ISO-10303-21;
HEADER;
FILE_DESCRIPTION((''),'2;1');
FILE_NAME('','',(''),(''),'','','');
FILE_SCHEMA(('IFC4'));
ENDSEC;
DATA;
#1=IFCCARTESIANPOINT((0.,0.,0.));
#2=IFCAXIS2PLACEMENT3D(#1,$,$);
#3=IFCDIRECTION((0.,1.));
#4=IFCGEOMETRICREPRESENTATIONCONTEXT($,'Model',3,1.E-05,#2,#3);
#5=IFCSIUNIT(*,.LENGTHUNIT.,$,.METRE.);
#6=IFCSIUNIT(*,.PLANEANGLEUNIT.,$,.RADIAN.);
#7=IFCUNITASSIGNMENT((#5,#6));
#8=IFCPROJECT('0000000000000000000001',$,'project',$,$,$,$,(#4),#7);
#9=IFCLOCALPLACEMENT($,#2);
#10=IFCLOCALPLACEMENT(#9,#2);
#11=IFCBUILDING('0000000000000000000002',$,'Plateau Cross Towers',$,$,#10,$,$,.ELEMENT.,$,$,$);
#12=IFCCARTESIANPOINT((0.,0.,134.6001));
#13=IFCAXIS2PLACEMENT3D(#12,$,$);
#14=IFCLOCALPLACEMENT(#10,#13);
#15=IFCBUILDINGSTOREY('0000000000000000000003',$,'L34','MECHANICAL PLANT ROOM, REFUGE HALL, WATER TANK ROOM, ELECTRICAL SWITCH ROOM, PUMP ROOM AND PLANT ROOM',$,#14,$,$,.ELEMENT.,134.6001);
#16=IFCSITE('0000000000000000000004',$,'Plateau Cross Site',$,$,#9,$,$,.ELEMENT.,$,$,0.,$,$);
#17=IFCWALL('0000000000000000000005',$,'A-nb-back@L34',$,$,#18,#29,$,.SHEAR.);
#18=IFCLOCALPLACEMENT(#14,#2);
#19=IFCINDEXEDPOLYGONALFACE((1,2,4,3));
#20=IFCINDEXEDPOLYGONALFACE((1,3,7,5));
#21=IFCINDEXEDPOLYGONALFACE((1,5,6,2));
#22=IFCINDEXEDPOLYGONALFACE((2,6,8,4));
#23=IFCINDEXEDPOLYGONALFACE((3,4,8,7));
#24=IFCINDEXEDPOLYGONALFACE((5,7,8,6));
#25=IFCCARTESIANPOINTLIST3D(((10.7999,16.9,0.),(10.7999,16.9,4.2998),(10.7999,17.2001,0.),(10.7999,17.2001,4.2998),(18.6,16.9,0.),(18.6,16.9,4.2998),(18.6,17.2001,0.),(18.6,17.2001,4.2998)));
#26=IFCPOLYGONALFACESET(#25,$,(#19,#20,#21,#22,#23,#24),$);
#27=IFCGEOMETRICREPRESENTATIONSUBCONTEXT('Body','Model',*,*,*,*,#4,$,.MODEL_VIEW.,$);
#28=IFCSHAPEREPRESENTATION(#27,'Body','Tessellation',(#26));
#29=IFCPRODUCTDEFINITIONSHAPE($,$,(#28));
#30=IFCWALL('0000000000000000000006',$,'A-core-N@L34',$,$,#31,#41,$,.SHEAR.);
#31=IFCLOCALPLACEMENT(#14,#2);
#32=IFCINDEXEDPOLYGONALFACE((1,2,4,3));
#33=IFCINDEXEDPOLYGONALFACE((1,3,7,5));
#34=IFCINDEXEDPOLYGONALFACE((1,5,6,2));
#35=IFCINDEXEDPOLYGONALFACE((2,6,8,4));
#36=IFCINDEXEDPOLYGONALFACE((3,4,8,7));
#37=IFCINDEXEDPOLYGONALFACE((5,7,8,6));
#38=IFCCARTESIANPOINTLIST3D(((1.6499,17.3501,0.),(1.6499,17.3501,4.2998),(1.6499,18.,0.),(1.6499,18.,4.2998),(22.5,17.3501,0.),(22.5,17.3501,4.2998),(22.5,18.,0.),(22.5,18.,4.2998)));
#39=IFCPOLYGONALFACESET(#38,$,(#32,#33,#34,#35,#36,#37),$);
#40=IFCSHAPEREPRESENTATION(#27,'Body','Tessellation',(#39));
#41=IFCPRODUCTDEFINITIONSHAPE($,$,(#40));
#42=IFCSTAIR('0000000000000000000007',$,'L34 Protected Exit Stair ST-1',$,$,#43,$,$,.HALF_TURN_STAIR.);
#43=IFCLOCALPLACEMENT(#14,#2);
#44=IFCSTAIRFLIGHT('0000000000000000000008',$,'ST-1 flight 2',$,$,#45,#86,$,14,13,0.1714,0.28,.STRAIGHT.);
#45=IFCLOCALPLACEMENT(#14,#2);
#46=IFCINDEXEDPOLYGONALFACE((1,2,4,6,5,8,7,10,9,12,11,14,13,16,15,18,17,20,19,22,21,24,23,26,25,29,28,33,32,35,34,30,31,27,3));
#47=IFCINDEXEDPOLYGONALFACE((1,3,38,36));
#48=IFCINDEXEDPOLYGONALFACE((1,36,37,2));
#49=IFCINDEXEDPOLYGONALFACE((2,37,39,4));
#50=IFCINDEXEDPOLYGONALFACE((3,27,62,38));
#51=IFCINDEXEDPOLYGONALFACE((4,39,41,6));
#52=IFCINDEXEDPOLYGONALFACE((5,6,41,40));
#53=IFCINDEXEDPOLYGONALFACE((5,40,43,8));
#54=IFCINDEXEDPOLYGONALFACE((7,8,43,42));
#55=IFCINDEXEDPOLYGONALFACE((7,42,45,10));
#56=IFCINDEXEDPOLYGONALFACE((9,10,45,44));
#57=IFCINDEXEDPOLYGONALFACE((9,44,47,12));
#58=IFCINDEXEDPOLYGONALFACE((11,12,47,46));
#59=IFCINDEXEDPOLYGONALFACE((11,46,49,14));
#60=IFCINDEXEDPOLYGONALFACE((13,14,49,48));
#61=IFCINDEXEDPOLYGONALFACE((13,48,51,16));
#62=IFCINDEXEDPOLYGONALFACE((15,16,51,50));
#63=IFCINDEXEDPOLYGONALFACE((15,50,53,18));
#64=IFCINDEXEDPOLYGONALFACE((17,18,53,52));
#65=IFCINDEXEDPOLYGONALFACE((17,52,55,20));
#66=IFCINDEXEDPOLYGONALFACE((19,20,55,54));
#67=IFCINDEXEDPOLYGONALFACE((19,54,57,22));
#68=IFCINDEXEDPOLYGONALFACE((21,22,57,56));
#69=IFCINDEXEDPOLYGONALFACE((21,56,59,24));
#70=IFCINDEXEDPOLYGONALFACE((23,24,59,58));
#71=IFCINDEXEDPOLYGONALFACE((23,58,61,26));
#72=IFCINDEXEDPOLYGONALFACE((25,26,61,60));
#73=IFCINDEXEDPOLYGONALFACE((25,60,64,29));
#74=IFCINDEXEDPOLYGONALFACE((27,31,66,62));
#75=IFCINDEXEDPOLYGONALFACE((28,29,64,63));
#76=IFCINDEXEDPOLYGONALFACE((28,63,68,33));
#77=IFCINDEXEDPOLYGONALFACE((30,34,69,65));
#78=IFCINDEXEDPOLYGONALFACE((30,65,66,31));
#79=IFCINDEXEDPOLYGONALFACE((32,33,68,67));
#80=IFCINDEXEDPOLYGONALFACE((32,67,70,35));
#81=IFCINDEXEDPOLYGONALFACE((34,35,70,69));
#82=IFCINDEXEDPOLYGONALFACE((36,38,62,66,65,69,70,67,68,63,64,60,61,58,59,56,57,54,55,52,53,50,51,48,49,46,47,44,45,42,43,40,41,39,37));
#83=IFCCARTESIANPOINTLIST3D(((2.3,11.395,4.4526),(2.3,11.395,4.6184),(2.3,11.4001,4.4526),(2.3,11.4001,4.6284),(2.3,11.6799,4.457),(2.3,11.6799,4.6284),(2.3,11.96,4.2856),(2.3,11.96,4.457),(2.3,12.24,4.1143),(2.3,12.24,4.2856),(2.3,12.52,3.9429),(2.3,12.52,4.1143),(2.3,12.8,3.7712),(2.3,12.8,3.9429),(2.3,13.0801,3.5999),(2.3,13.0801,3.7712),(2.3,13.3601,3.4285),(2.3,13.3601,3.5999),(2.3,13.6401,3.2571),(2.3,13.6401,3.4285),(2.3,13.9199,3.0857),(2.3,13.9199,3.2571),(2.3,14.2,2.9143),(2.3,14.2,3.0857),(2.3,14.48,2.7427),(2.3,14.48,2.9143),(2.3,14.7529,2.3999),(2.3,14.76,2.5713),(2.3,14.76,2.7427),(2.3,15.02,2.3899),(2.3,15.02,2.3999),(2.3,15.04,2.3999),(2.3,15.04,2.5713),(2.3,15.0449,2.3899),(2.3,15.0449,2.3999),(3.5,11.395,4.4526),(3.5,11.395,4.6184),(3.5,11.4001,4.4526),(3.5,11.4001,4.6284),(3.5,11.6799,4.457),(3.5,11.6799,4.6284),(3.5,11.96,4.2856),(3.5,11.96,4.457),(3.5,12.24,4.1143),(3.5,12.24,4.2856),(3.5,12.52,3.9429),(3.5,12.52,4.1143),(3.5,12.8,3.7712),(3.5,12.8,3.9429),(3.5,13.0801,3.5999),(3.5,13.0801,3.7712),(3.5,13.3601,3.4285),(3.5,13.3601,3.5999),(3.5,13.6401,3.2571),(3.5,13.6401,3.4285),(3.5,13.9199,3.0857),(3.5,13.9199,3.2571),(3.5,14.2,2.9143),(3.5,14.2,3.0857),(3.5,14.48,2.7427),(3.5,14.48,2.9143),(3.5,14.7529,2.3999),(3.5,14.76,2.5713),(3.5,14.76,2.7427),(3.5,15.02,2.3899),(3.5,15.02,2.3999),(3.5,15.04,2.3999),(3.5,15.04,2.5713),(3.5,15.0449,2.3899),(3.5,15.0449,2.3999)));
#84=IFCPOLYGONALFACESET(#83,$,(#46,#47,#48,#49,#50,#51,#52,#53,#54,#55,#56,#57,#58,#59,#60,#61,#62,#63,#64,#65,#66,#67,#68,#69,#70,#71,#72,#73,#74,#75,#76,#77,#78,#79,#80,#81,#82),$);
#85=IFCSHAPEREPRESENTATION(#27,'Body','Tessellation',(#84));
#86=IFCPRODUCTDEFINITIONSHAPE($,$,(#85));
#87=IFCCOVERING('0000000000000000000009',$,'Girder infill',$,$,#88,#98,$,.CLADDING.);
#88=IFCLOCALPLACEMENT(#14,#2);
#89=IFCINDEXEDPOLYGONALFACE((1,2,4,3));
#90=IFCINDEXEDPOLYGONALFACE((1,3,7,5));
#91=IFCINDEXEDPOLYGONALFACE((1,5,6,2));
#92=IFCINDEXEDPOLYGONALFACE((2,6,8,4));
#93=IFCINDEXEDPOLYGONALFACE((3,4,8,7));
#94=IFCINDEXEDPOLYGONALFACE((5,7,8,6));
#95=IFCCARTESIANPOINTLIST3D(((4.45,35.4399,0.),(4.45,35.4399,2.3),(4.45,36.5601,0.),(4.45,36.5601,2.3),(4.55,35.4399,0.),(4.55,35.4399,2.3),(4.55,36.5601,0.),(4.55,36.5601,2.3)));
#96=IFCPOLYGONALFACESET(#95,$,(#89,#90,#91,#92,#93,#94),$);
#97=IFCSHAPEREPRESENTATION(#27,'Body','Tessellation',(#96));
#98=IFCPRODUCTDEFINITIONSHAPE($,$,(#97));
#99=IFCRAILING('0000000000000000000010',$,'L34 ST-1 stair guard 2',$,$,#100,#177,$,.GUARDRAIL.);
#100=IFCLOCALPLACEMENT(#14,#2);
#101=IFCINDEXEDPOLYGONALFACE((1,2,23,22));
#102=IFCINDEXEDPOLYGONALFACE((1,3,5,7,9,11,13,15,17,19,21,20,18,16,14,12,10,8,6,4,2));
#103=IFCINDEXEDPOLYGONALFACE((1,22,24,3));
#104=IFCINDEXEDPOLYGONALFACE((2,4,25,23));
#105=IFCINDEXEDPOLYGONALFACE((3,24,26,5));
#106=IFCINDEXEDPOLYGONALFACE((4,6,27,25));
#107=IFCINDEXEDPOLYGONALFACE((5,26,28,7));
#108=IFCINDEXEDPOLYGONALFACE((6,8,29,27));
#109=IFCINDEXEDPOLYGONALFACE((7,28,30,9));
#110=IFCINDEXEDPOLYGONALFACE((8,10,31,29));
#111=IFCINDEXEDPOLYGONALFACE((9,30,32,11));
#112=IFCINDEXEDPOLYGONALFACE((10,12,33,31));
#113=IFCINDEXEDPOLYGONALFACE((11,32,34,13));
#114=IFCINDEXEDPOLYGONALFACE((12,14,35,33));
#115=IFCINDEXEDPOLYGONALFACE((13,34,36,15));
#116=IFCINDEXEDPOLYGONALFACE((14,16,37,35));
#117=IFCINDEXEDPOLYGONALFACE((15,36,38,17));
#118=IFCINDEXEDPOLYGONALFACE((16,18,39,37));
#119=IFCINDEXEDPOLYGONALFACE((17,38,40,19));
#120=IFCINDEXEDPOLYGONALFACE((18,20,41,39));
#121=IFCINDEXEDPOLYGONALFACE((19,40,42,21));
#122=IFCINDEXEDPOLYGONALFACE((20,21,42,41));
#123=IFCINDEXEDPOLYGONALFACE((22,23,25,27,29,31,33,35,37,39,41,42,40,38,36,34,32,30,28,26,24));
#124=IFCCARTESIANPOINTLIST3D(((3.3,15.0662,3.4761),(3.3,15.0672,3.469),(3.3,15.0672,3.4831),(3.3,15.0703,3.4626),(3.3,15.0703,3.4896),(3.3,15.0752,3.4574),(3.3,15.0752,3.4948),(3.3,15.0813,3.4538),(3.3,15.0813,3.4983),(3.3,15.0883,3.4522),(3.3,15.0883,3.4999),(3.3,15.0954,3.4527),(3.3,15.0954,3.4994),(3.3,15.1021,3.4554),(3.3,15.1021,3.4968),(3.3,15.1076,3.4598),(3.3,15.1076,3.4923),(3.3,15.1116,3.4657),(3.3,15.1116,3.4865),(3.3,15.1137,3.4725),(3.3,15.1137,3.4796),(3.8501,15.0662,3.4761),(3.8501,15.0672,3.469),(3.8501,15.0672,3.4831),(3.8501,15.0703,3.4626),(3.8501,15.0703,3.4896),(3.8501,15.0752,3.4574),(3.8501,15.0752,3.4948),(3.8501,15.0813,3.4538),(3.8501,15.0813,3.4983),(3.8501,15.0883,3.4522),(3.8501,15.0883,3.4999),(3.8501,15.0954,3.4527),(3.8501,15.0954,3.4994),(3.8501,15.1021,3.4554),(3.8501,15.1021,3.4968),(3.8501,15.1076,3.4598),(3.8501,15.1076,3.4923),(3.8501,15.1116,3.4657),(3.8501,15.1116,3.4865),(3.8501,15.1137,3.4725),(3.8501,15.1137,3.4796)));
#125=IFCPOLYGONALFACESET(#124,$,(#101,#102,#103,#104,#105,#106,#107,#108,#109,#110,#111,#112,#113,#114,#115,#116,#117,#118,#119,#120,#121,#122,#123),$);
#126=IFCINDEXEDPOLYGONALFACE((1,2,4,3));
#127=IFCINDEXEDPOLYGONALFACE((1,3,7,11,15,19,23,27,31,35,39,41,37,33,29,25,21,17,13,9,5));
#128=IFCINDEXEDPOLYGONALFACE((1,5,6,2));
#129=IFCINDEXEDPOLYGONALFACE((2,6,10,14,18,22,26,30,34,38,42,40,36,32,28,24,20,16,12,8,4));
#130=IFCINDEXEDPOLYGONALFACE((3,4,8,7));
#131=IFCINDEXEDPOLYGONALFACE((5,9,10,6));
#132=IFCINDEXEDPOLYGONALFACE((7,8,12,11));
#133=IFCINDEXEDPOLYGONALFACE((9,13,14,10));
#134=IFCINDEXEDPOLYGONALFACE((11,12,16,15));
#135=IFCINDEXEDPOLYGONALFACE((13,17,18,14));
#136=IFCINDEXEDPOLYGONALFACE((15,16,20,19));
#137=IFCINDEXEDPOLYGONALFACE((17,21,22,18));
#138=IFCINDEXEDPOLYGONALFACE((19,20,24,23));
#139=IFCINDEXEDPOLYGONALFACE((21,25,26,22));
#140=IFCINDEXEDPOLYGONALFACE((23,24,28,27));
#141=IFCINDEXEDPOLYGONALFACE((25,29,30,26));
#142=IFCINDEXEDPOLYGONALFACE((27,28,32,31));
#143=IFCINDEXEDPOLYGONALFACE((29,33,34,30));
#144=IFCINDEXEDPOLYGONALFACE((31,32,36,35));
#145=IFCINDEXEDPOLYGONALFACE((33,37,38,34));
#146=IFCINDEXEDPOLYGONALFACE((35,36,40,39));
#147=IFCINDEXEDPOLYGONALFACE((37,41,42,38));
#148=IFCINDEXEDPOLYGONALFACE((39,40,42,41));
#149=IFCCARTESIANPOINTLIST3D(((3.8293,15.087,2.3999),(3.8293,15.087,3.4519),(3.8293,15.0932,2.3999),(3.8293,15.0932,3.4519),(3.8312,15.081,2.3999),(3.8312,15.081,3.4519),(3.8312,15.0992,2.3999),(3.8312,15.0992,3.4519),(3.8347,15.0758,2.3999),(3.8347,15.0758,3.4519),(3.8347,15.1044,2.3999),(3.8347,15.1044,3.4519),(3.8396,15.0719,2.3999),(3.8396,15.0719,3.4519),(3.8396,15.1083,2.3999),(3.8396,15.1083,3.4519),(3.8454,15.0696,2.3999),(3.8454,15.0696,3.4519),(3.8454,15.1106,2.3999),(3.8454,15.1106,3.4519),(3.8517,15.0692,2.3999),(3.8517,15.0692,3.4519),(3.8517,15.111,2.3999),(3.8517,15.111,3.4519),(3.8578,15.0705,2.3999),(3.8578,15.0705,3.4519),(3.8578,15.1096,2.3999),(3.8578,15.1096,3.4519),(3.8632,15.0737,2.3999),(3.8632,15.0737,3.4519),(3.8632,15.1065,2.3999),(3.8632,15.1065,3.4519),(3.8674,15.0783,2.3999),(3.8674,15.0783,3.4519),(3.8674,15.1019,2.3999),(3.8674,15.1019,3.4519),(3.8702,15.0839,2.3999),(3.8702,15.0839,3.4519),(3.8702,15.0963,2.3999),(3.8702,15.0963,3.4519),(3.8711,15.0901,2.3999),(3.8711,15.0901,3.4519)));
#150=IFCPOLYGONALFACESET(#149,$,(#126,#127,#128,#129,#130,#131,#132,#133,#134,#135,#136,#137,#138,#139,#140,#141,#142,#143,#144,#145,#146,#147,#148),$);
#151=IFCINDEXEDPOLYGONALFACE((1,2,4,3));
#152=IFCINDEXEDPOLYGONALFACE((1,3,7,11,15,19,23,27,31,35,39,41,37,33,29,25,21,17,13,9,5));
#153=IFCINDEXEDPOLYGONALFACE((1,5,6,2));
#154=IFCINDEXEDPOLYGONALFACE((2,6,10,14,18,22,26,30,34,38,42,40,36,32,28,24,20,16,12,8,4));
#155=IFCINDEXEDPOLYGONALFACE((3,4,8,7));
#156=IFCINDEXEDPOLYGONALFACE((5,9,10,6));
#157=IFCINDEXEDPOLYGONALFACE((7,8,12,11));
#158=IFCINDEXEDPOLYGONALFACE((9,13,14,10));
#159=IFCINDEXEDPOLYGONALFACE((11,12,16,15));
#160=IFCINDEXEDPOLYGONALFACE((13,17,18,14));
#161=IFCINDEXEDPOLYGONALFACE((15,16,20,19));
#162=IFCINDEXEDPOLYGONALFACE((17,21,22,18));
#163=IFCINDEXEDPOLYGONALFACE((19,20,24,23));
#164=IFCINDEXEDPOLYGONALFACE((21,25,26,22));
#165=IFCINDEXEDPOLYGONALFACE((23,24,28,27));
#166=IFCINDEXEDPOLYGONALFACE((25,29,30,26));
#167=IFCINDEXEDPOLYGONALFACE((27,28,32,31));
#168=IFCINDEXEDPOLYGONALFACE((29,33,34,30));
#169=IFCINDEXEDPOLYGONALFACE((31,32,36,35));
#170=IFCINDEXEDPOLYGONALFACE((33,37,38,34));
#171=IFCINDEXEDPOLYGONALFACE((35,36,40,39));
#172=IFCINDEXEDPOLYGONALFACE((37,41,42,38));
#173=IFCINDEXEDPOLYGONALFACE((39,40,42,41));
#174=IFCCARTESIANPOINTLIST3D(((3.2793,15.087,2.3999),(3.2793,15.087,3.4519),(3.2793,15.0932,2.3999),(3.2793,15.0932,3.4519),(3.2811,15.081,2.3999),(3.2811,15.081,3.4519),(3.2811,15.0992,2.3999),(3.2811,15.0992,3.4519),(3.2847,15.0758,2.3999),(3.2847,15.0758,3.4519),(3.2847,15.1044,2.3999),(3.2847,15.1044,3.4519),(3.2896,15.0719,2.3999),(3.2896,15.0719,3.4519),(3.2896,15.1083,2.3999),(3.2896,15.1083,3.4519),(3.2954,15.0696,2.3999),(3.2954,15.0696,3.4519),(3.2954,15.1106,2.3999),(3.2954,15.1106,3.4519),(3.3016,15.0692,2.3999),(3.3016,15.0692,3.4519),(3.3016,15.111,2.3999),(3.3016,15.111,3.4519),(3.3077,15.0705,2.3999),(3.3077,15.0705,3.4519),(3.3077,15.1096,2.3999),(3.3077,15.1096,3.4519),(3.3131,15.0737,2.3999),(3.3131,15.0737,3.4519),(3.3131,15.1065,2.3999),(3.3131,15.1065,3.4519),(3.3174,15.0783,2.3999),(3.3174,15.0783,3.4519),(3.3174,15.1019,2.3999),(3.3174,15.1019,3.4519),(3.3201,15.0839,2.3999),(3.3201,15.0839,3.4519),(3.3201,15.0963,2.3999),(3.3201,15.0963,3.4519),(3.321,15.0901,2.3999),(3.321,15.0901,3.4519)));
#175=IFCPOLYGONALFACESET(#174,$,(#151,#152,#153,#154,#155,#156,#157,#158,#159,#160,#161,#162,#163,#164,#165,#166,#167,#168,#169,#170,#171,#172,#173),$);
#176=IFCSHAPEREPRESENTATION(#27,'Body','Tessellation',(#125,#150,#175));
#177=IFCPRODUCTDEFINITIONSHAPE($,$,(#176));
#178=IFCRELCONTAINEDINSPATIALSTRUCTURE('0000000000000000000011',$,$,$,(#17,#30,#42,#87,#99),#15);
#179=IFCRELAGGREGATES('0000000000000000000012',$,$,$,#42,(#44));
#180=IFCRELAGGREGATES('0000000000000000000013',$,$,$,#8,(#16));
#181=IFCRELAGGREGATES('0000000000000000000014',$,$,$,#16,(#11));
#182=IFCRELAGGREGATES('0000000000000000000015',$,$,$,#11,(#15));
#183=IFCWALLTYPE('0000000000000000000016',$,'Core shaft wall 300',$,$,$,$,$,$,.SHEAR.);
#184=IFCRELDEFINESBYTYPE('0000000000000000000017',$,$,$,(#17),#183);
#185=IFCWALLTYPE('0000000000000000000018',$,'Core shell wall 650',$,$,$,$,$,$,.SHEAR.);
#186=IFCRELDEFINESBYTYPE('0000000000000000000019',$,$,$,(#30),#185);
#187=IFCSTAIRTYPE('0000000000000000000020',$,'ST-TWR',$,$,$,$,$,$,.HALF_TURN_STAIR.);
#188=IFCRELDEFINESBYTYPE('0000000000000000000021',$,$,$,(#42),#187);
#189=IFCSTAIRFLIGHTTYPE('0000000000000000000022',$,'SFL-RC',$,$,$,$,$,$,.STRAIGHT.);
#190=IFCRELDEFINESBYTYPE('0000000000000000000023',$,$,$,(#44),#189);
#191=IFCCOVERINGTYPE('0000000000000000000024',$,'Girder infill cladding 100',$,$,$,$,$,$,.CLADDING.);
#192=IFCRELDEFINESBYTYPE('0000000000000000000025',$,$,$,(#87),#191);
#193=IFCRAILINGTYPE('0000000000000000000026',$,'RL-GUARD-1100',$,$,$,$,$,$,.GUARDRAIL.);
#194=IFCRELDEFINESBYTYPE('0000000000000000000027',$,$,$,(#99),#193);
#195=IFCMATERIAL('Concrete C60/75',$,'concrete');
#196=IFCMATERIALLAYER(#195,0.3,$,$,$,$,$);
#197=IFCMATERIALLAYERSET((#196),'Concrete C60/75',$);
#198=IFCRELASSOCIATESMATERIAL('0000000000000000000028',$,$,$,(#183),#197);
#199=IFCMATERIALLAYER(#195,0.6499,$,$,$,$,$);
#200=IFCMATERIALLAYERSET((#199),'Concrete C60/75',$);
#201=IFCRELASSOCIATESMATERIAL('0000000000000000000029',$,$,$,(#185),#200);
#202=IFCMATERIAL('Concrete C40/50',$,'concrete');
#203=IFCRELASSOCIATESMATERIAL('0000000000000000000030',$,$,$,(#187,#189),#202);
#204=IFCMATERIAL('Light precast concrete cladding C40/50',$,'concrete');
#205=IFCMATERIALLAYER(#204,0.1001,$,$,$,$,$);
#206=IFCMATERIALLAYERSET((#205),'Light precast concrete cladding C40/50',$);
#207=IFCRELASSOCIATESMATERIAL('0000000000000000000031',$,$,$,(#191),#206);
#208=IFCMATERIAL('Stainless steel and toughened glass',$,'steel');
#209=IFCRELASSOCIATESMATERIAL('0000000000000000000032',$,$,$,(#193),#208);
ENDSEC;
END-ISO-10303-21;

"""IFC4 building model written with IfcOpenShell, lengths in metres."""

from ifc_helpers import new_model, si_unit, direction, frame, frame_2d, origin, origin_2d, place, context, subcontext, project, spatial, polyline, rectangle, circle, outline, extrude, material, layer, layer_set, type_object, element, aggregate, save


model = new_model("IFC4")

# Units and contexts
model_context = context("Model", 3, precision=1e-05, world=origin(), true_north=direction((0.0, 1.0)))
body_context = subcontext(model_context, "Body", "Model", "MODEL_VIEW")
ifc_project = project(units=[si_unit("LENGTHUNIT", "METRE"), si_unit("PLANEANGLEUNIT", "RADIAN")], contexts=[model_context])

# Site, building, storey
site_placement = place(None, origin())
site = spatial("IfcSite", under=ifc_project, at=site_placement, Name="Plateau Cross Site", CompositionType="ELEMENT", RefElevation=0.0)
building_placement = place(site_placement, origin())
building = spatial("IfcBuilding", under=site, at=building_placement, Name="Plateau Cross Towers", CompositionType="ELEMENT")
storey_placement = place(building_placement, frame((0.0, 0.0, 134.6001)))
storey = spatial("IfcBuildingStorey", under=building, at=storey_placement, Name="L34", Description="MECHANICAL PLANT ROOM, REFUGE HALL, WATER TANK ROOM, ELECTRICAL SWITCH ROOM, PUMP ROOM AND PLANT ROOM", CompositionType="ELEMENT", Elevation=134.6001)

# Shared definitions
ifc_material_1 = material(Name="Concrete C60/75", Category="concrete")

# Walls
ifc_layer_1 = layer(ifc_material_1, 0.3)
ifc_layer_set_1 = layer_set([ifc_layer_1], Name="Concrete C60/75")
wall_type_1 = type_object("IfcWallType", Name="Core shaft wall 300", PredefinedType="SHEAR", material=ifc_layer_set_1)
wall_1_placement = place(storey_placement, frame((10.8, 17.05, 0.0), z_axis=(0.0, 0.0, 1.0), x_axis=(1.0, 0.0, 0.0)))
element("IfcWall", 1, at=wall_1_placement, inside=storey, type_object=wall_type_1, Name="A-nb-back@L34", PredefinedType="SHEAR", context=body_context, shape_type="SweptSolid", body=[
    extrude(rectangle(XDim=7.8, YDim=0.3, at=frame_2d((3.8999, 0.0))), origin(), (0.0, 0.0, 1.0), 4.2998),
])
ifc_layer_2 = layer(ifc_material_1, 0.6499)
ifc_layer_set_2 = layer_set([ifc_layer_2], Name="Concrete C60/75")
wall_type_2 = type_object("IfcWallType", Name="Core shell wall 650", PredefinedType="SHEAR", material=ifc_layer_set_2)
wall_2_placement = place(storey_placement, frame((1.6499, 17.675, 0.0), z_axis=(0.0, 0.0, 1.0), x_axis=(1.0, 0.0, 0.0)))
element("IfcWall", 2, at=wall_2_placement, inside=storey, type_object=wall_type_2, Name="A-core-N@L34", PredefinedType="SHEAR", context=body_context, shape_type="SweptSolid", body=[
    extrude(rectangle(XDim=20.8501, YDim=0.6499, at=frame_2d((10.425, 0.0))), origin(), (0.0, 0.0, 1.0), 4.2998),
])

# Stair, stair flight
ifc_material_2 = material(Name="Concrete C40/50", Category="concrete")
stair_type = type_object("IfcStairType", Name="ST-TWR", PredefinedType="HALF_TURN_STAIR", material=ifc_material_2)
stair_placement = place(storey_placement, origin())
stair = element("IfcStair", 3, at=stair_placement, inside=storey, type_object=stair_type, Name="L34 Protected Exit Stair ST-1", PredefinedType="HALF_TURN_STAIR")
stair_flight_type = type_object("IfcStairFlightType", Name="SFL-RC", PredefinedType="STRAIGHT", material=ifc_material_2)
stair_flight_placement = place(storey_placement, frame((2.8999, 15.04, 2.3999), z_axis=(0.0, 0.0, 1.0), x_axis=(0.0, -1.0, 0.0)))
stair_flight = element("IfcStairFlight", 4, at=stair_flight_placement, type_object=stair_flight_type, Name="ST-1 flight 2", NumberOfRisers=14, NumberOfTreads=13, PredefinedType="STRAIGHT", RiserHeight=0.1714, TreadLength=0.28, context=body_context, shape_type="SweptSolid", body=[
    extrude(outline(polyline([(-0.0049, -0.01), (-0.0049, 0.0), (0.0, 0.0), (0.0, 0.1714), (0.28, 0.1714), (0.28, 0.3428), (0.5601, 0.3428), (0.5601, 0.5144), (0.8401, 0.5144), (0.8401, 0.6858), (1.1201, 0.6858), (1.1201, 0.8572), (1.3999, 0.8572), (1.3999, 1.0286), (1.6799, 1.0286), (1.6799, 1.2), (1.96, 1.2), (1.96, 1.3713), (2.24, 1.3713), (2.24, 1.543), (2.52, 1.543), (2.52, 1.7144), (2.8, 1.7144), (2.8, 1.8857), (3.0801, 1.8857), (3.0801, 2.0571), (3.3601, 2.0571), (3.3601, 2.2285), (3.6399, 2.2285), (3.645, 2.2185), (3.645, 2.0527), (3.6399, 2.0527), (0.2871, 0.0), (0.02, 0.0), (0.02, -0.01), (-0.0049, -0.01)])), frame((0.0, 0.6001, 0.0), z_axis=(0.0, -1.0, 0.0), x_axis=(1.0, 0.0, 0.0)), (0.0, 0.0, 1.0), 1.2),
])
aggregate(stair, [stair_flight])

# Covering
ifc_material_3 = material(Name="Light precast concrete cladding C40/50", Category="concrete")
ifc_layer_3 = layer(ifc_material_3, 0.1001)
ifc_layer_set_3 = layer_set([ifc_layer_3], Name="Light precast concrete cladding C40/50")
covering_type = type_object("IfcCoveringType", Name="Girder infill cladding 100", PredefinedType="CLADDING", material=ifc_layer_set_3)
covering_placement = place(storey_placement, frame((4.5, 36.0, 0.0), z_axis=(0.0, 0.0, 1.0), x_axis=(0.0, 1.0, 0.0)))
element("IfcCovering", 5, at=covering_placement, inside=storey, type_object=covering_type, Name="Girder infill", PredefinedType="CLADDING", context=body_context, shape_type="SweptSolid", body=[
    extrude(rectangle(XDim=1.1201, YDim=0.1001, at=origin_2d()), origin(), (0.0, 0.0, 1.0), 2.3),
])

# Railing
ifc_material_4 = material(Name="Stainless steel and toughened glass", Category="steel")
railing_type_1 = type_object("IfcRailingType", Name="RL-GUARD-1100", PredefinedType="GUARDRAIL", material=ifc_material_4)
railing_1_placement = place(storey_placement, frame((3.8501, 15.0901, 2.3999)))
element("IfcRailing", 6, at=railing_1_placement, inside=storey, type_object=railing_type_1, Name="L34 ST-1 stair guard 2", PredefinedType="GUARDRAIL", context=body_context, shape_type="SweptSolid", body=[
    extrude(circle(Radius=0.0239, at=origin_2d()), frame((0.0, 0.0, 1.0762), z_axis=(-1.0, 0.0, 0.0), x_axis=(0.0, -1.0, 0.0)), (0.0, 0.0, 1.0), 0.55),
    extrude(circle(Radius=0.021, at=origin_2d()), origin(), (0.0, 0.0, 1.0), 1.052),
    extrude(circle(Radius=0.021, at=origin_2d()), frame((-0.55, 0.0, 0.0)), (0.0, 0.0, 1.0), 1.052),
])

save(model, "model.ifc")
